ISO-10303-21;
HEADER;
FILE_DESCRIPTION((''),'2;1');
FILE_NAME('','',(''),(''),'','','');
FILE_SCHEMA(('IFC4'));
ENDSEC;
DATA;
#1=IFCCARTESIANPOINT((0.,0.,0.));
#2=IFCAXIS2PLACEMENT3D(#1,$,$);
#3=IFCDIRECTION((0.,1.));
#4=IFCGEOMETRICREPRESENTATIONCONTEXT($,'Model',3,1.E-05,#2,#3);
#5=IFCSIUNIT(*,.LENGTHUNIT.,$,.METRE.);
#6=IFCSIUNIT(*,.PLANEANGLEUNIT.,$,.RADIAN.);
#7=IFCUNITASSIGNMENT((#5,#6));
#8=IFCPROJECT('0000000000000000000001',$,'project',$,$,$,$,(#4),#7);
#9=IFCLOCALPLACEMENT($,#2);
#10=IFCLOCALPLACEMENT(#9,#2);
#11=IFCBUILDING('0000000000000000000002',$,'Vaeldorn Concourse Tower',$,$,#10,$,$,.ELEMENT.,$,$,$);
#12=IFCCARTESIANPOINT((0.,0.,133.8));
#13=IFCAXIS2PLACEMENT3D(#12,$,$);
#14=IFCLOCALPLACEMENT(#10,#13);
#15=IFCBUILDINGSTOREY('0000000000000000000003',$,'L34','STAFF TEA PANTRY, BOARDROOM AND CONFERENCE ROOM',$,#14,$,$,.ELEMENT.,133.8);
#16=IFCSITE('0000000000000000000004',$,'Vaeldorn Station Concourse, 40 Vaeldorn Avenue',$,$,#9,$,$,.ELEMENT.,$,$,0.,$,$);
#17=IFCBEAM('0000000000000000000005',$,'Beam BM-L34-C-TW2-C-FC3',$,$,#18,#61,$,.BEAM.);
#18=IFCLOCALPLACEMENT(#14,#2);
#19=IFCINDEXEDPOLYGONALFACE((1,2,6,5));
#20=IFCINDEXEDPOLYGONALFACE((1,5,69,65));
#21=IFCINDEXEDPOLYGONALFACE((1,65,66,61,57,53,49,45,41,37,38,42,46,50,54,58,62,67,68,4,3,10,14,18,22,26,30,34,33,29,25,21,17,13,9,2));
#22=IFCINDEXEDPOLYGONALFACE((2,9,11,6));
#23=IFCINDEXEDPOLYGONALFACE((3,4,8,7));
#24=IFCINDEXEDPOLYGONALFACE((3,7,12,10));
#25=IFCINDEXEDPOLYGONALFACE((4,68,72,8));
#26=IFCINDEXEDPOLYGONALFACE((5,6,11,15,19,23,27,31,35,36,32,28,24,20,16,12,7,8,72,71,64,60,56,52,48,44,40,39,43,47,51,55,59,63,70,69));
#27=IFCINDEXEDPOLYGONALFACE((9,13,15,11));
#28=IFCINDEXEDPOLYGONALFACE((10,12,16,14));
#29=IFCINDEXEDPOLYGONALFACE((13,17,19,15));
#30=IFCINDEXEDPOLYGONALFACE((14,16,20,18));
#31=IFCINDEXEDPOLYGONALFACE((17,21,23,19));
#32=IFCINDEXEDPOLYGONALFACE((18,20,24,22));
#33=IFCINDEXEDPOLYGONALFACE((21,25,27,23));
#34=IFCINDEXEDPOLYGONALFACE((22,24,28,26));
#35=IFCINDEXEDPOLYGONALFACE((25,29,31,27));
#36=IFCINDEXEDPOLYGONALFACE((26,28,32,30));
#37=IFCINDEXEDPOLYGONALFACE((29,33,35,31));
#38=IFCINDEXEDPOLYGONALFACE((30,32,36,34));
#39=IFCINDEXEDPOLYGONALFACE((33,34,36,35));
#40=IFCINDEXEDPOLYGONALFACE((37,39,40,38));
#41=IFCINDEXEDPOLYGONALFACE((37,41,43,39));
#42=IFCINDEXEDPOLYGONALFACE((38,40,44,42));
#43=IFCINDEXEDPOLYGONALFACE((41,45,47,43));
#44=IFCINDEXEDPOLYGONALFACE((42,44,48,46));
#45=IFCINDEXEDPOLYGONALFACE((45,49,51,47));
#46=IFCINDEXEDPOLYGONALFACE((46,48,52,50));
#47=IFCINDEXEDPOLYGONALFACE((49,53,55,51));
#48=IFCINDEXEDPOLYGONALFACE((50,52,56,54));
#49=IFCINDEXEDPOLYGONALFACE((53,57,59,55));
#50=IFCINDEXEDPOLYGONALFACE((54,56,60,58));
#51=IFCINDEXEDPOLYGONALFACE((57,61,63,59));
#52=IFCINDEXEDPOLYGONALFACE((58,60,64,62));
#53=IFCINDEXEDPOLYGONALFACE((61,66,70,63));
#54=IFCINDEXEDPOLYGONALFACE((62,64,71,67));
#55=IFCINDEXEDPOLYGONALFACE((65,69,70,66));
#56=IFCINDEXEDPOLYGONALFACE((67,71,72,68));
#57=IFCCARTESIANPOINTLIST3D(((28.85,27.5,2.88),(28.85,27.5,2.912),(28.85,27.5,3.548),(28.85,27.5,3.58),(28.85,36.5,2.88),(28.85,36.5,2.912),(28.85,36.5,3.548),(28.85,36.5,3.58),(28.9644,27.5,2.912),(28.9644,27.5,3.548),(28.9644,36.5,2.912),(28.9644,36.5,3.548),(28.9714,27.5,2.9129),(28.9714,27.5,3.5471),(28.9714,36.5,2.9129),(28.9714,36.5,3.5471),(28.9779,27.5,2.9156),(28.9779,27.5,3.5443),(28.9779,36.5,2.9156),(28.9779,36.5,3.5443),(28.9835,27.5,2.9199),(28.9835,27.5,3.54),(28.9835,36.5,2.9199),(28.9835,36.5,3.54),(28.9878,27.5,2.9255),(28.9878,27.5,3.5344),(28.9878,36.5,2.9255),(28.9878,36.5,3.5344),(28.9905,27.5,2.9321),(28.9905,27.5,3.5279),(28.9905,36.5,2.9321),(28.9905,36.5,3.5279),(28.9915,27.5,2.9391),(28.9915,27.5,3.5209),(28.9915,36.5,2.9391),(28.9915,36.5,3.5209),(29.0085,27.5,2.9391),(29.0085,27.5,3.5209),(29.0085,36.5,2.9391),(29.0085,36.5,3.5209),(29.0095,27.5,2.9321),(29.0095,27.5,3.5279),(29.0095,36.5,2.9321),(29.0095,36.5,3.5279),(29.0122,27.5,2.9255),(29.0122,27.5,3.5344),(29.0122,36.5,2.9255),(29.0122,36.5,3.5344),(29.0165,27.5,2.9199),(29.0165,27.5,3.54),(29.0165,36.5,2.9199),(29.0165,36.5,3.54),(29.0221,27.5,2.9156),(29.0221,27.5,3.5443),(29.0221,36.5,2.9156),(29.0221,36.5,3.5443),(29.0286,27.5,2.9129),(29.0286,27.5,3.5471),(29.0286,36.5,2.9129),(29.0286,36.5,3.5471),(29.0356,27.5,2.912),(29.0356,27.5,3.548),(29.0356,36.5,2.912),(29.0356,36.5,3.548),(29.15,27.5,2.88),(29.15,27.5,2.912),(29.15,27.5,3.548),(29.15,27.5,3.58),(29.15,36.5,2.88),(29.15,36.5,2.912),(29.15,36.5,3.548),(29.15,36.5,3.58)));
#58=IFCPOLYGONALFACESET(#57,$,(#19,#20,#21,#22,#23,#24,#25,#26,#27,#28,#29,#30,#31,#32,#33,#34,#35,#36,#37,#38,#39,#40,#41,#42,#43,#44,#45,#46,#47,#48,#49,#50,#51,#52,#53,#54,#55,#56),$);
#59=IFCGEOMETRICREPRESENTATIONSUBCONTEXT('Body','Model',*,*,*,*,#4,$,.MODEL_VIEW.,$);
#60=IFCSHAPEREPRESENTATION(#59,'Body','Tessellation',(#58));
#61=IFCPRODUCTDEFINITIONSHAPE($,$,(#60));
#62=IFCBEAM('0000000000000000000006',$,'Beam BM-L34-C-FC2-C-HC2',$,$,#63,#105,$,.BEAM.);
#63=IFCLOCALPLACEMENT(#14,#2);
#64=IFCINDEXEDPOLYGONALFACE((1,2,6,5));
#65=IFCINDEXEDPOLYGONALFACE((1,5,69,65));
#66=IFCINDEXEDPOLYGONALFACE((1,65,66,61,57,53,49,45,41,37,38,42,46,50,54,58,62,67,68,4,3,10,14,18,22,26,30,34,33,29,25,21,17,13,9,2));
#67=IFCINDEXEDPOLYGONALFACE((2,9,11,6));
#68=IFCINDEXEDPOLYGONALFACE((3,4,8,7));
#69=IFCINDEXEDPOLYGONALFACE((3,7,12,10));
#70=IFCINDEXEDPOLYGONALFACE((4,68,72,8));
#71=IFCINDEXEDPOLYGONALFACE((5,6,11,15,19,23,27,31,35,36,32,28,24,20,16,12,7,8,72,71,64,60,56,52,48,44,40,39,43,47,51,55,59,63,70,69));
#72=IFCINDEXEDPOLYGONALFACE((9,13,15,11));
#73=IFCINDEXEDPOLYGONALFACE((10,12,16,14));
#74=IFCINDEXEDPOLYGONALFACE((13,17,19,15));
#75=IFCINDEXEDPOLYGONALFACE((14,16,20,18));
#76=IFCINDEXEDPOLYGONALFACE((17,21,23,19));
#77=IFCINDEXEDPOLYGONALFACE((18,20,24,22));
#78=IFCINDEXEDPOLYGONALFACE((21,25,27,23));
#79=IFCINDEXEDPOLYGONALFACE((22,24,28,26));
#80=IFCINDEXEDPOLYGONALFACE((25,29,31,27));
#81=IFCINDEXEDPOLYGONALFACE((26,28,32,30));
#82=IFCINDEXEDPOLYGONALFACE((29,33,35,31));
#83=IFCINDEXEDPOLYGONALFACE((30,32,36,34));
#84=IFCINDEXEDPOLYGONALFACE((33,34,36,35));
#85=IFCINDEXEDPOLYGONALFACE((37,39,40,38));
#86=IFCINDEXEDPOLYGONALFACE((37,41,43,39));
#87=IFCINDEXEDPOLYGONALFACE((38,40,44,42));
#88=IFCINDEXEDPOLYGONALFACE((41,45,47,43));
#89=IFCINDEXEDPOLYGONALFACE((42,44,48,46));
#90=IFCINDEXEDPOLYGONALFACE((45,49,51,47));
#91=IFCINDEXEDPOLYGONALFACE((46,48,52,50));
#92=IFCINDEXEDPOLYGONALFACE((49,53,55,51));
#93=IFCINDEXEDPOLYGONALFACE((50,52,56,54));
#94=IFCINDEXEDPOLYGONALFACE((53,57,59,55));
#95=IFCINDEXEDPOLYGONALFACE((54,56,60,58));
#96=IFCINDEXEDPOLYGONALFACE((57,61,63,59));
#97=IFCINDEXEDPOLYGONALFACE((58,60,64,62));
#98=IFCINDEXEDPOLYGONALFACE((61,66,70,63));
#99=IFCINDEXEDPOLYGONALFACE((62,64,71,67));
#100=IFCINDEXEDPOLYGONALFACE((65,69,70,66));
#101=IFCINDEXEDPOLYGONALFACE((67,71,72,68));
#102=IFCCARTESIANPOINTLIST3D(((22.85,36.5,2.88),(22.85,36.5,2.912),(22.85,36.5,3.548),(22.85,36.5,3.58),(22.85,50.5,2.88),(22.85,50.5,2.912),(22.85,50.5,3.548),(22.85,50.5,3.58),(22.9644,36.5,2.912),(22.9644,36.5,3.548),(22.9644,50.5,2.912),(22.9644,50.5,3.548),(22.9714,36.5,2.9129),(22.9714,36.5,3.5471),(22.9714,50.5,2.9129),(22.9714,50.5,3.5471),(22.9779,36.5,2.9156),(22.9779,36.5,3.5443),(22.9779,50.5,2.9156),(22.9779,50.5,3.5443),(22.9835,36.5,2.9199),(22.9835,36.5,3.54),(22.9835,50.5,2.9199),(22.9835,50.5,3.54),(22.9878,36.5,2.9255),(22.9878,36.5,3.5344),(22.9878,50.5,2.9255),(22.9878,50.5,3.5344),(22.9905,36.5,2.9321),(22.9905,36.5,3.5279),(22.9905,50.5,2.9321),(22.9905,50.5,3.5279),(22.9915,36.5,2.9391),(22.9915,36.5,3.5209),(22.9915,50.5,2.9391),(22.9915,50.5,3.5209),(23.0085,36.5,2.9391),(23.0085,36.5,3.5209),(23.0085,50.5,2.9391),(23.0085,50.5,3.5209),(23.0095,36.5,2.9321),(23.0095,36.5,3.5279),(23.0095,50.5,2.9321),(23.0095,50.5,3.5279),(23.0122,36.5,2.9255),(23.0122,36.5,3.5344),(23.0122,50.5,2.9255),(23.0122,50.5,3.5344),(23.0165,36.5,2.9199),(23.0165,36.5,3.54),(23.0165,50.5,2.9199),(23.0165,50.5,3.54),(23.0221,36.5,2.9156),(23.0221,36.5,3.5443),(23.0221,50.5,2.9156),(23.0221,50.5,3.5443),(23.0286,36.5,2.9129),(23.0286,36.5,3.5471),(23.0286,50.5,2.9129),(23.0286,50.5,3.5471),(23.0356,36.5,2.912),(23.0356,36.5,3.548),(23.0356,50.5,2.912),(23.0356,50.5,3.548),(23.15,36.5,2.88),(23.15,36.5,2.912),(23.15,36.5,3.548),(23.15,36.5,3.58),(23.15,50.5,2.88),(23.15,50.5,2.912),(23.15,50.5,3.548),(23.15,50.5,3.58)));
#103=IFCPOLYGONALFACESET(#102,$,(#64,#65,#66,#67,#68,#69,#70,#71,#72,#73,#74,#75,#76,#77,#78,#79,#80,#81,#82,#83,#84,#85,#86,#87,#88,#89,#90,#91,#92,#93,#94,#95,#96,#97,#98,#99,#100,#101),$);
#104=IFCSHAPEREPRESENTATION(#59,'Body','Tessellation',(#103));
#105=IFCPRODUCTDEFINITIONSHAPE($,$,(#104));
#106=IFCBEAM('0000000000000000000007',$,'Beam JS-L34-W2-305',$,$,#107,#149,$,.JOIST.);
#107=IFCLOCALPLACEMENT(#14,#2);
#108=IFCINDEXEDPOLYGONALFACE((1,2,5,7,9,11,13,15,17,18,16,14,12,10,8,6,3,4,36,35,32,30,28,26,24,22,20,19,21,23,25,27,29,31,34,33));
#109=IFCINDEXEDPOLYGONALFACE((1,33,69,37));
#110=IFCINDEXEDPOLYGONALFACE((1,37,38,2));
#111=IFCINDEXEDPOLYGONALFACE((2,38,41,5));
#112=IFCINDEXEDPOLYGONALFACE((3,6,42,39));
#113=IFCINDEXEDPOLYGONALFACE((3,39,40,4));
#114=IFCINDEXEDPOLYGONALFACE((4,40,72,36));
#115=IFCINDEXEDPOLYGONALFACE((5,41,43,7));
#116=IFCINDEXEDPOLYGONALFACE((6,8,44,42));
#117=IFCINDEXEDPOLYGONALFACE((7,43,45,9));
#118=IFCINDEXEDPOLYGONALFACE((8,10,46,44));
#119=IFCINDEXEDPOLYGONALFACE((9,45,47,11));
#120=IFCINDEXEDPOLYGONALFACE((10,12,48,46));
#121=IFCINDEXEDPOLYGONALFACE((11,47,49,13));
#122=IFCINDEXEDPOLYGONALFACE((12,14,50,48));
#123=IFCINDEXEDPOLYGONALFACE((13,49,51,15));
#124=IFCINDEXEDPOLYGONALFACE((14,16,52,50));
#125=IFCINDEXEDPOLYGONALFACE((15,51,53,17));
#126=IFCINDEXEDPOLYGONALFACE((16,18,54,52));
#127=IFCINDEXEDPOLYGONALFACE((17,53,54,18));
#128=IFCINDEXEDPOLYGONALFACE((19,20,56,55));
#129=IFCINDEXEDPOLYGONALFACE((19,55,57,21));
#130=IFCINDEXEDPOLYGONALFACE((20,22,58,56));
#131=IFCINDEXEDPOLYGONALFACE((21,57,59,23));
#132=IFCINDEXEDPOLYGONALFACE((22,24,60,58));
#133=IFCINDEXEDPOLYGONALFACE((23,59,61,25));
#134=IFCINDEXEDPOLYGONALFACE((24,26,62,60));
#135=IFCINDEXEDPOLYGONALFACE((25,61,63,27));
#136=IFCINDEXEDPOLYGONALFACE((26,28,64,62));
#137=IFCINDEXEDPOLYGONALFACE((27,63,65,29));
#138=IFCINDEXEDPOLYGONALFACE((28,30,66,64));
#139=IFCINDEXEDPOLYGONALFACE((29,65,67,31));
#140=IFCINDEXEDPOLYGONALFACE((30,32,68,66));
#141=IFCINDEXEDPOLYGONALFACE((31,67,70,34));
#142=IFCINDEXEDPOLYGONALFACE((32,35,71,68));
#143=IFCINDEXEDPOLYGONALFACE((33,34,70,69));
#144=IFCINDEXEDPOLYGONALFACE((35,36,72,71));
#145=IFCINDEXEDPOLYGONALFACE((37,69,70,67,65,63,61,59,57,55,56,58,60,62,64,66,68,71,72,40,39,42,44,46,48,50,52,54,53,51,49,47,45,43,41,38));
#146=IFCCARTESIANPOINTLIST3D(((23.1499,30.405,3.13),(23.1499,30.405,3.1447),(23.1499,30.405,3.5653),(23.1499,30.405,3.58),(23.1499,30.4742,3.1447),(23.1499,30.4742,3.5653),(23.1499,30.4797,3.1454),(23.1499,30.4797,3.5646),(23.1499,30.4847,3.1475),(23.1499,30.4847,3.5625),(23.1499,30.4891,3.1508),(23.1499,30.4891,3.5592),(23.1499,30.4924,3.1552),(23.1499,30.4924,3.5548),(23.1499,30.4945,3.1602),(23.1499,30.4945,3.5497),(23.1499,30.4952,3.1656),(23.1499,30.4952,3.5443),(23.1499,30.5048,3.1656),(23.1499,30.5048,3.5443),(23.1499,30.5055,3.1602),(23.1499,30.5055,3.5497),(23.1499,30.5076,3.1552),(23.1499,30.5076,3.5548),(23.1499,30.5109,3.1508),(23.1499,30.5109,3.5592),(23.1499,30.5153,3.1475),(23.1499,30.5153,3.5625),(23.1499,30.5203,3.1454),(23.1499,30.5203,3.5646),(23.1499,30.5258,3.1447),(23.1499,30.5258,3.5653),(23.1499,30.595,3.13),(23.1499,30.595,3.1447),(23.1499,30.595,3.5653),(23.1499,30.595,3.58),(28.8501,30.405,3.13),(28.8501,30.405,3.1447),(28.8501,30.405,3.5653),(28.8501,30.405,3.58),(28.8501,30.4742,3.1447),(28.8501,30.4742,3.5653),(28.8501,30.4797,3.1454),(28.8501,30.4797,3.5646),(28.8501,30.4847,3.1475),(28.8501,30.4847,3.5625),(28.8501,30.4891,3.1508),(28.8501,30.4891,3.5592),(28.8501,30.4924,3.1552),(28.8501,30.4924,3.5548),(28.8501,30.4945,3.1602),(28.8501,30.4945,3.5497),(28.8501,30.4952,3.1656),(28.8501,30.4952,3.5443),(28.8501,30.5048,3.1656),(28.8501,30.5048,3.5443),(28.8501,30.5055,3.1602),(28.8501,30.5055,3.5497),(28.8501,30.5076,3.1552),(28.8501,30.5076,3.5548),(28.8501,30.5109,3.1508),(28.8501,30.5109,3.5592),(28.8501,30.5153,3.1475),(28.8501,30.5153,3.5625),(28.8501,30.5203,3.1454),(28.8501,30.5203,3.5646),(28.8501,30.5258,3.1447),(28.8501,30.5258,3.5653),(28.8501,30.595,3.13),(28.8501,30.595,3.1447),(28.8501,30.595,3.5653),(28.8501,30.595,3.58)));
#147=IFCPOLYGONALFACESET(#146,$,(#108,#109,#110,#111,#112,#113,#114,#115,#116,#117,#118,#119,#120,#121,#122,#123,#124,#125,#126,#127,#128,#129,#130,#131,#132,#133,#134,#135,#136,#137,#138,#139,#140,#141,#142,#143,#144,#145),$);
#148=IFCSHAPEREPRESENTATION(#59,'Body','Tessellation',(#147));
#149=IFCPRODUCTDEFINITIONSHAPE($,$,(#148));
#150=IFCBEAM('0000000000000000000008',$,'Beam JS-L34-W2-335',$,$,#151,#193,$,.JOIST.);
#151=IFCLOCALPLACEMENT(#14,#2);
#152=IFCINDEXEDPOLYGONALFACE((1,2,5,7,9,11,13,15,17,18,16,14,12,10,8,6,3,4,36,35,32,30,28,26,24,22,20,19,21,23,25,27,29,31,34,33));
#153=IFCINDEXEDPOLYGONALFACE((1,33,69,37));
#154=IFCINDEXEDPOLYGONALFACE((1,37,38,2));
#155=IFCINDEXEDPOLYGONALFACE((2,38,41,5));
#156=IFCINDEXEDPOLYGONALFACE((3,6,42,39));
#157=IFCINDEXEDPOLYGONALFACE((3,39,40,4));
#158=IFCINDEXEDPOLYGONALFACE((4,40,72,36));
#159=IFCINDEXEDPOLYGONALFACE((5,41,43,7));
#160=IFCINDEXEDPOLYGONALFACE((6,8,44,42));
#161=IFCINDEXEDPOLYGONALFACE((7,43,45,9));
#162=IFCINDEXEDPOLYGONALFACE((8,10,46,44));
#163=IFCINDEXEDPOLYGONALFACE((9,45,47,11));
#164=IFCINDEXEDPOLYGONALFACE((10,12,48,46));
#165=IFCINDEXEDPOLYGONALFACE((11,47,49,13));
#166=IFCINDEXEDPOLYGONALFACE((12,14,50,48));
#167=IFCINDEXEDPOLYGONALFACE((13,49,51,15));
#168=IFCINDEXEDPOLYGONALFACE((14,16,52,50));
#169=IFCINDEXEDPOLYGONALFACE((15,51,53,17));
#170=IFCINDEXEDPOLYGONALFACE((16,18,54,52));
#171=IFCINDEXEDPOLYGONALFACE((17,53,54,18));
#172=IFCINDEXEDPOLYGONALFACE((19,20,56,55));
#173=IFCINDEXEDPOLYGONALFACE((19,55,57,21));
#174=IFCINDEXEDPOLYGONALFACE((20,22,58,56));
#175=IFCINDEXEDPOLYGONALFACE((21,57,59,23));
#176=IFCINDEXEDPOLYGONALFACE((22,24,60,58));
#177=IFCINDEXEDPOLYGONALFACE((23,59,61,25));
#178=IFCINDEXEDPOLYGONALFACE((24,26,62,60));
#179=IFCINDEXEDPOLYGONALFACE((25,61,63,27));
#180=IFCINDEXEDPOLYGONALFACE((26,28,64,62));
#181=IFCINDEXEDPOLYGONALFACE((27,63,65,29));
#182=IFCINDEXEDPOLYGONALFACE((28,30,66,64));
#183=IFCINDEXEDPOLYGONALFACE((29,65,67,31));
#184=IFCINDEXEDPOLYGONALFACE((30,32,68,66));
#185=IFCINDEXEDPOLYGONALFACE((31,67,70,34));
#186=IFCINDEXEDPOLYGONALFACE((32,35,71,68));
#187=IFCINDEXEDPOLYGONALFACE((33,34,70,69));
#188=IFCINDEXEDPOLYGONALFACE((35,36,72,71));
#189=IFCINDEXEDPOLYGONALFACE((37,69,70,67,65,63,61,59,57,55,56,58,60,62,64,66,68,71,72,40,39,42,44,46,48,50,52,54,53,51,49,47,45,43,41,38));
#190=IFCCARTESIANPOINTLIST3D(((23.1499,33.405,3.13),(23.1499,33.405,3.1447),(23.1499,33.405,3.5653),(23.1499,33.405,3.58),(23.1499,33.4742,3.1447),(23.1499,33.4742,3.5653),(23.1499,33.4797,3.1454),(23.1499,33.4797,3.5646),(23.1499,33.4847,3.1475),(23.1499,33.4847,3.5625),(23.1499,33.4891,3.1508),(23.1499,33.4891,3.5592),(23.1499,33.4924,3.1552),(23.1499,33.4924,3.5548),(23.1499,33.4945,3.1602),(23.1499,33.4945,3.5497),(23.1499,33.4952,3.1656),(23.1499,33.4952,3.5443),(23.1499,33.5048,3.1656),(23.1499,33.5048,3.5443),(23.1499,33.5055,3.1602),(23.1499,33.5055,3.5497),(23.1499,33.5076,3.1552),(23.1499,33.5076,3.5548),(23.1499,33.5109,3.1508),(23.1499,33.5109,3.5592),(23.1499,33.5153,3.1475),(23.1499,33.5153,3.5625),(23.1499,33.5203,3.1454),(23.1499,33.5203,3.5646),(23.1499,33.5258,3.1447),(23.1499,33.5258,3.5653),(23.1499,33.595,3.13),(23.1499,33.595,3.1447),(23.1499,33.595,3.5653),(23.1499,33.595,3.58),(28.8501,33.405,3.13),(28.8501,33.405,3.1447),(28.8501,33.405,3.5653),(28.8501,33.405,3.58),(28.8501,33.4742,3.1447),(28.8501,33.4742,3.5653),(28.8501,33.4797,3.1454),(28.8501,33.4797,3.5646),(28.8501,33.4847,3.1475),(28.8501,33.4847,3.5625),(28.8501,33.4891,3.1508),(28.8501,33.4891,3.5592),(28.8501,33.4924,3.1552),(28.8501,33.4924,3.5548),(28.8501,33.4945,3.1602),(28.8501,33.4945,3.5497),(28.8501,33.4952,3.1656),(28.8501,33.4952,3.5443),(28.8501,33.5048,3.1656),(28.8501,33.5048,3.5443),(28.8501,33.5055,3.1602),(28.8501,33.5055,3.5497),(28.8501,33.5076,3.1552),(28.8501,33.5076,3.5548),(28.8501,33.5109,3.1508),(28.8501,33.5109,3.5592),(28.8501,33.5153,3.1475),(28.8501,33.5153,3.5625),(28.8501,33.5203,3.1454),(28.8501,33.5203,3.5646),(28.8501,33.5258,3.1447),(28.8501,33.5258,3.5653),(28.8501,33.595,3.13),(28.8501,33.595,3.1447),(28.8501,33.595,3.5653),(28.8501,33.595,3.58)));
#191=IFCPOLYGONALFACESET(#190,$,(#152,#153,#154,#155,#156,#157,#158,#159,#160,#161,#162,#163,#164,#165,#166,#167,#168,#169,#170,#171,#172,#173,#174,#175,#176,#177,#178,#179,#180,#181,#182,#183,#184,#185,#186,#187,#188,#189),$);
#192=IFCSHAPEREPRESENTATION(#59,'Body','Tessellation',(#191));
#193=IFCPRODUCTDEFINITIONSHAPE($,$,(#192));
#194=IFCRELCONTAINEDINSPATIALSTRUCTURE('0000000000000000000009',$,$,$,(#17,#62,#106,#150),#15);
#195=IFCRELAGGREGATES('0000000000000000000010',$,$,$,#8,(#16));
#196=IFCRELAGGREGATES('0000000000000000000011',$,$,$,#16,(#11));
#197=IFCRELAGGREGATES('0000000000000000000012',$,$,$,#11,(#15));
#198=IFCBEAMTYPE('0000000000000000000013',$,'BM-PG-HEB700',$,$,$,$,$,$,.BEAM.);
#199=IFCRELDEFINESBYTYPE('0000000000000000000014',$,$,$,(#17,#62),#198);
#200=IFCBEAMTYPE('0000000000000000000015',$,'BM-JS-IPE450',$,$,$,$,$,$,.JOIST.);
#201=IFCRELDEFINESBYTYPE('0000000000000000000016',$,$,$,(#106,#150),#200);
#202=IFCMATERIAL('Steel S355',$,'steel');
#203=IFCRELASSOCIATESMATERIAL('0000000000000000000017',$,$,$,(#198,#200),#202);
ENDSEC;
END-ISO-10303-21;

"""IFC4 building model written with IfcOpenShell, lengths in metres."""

from ifc_helpers import new_model, si_unit, direction, frame, origin, origin_2d, place, context, subcontext, project, spatial, i_section, extrude, source, transform, mapped, material, material_profile, profile_set, type_object, element, save


model = new_model("IFC4")

# Units and contexts
model_context = context("Model", 3, precision=1e-05, world=origin(), true_north=direction((0.0, 1.0)))
body_context = subcontext(model_context, "Body", "Model", "MODEL_VIEW")
ifc_project = project(units=[si_unit("LENGTHUNIT", "METRE"), si_unit("PLANEANGLEUNIT", "RADIAN")], contexts=[model_context])

# Site, building, storey
site_placement = place(None, origin())
site = spatial("IfcSite", under=ifc_project, at=site_placement, Name="Vaeldorn Station Concourse, 40 Vaeldorn Avenue", CompositionType="ELEMENT", RefElevation=0.0)
building_placement = place(site_placement, origin())
building = spatial("IfcBuilding", under=site, at=building_placement, Name="Vaeldorn Concourse Tower", CompositionType="ELEMENT")
storey_placement = place(building_placement, frame((0.0, 0.0, 133.8)))
storey = spatial("IfcBuildingStorey", under=building, at=storey_placement, Name="L34", Description="STAFF TEA PANTRY, BOARDROOM AND CONFERENCE ROOM", CompositionType="ELEMENT", Elevation=133.8)

# Beams
ifc_material_1 = material(Name="Steel S355", Category="steel")
ifc_material_profile_1 = material_profile(ifc_material_1, i_section(OverallWidth=0.3, OverallDepth=0.7, WebThickness=0.0171, FlangeThickness=0.032, FilletRadius=0.0271, at=origin_2d()), Name="HEB 700")
ifc_profile_set_1 = profile_set([ifc_material_profile_1], Name="Steel S355")
beam_type_1 = type_object("IfcBeamType", Name="BM-PG-HEB700", PredefinedType="BEAM", material=ifc_profile_set_1)
shared_shape_1 = source(origin(), body_context, "Body", "SweptSolid", [
    extrude(i_section(OverallWidth=0.3, OverallDepth=0.7, WebThickness=0.0171, FlangeThickness=0.032, FilletRadius=0.0271, at=origin_2d()), origin(), (0.0, 0.0, 1.0), 9.0),
])
for number, where, z_axis, x_axis, name in (
    (1, (29.0, 27.5, 3.23), (0.0, 1.0, 0.0), (-1.0, 0.0, 0.0), "Beam BM-L34-C-TW2-C-FC3"),
):
    element("IfcBeam", number, at=place(storey_placement, frame(where, z_axis=z_axis, x_axis=x_axis)), inside=storey, type_object=beam_type_1, Name=name, PredefinedType="BEAM", context=body_context, shape_type="MappedRepresentation", body=[
        mapped(shared_shape_1, transform((0.0, 0.0, 0.0), scale=1.0)),
    ])
shared_shape_2 = source(origin(), body_context, "Body", "SweptSolid", [
    extrude(i_section(OverallWidth=0.3, OverallDepth=0.7, WebThickness=0.0171, FlangeThickness=0.032, FilletRadius=0.0271, at=origin_2d()), origin(), (0.0, 0.0, 1.0), 14.0),
])
beam_placement = place(storey_placement, frame((23.0, 36.5, 3.23), z_axis=(0.0, 1.0, 0.0), x_axis=(-1.0, 0.0, 0.0)))
element("IfcBeam", 2, at=beam_placement, inside=storey, type_object=beam_type_1, Name="Beam BM-L34-C-FC2-C-HC2", PredefinedType="BEAM", context=body_context, shape_type="MappedRepresentation", body=[
    mapped(shared_shape_2, transform((0.0, 0.0, 0.0), scale=1.0)),
])
ifc_material_profile_2 = material_profile(ifc_material_1, i_section(OverallWidth=0.1899, OverallDepth=0.45, WebThickness=0.0095, FlangeThickness=0.0146, FilletRadius=0.021, at=origin_2d()), Name="IPE 450")
ifc_profile_set_2 = profile_set([ifc_material_profile_2], Name="Steel S355")
beam_type_2 = type_object("IfcBeamType", Name="BM-JS-IPE450", PredefinedType="JOIST", material=ifc_profile_set_2)
shared_shape_3 = source(origin(), body_context, "Body", "SweptSolid", [
    extrude(i_section(OverallWidth=0.1899, OverallDepth=0.45, WebThickness=0.0095, FlangeThickness=0.0146, FilletRadius=0.021, at=origin_2d()), origin(), (0.0, 0.0, 1.0), 5.7002),
])
for number, where, z_axis, x_axis, name in (
    (3, (23.1499, 30.5, 3.355), (1.0, 0.0, 0.0), (0.0, 1.0, 0.0), "Beam JS-L34-W2-305"),
    (4, (23.1499, 33.5, 3.355), (1.0, 0.0, 0.0), (0.0, 1.0, 0.0), "Beam JS-L34-W2-335"),
):
    element("IfcBeam", number, at=place(storey_placement, frame(where, z_axis=z_axis, x_axis=x_axis)), inside=storey, type_object=beam_type_2, Name=name, PredefinedType="JOIST", context=body_context, shape_type="MappedRepresentation", body=[
        mapped(shared_shape_3, transform((0.0, 0.0, 0.0), scale=1.0)),
    ])

save(model, "model.ifc")
